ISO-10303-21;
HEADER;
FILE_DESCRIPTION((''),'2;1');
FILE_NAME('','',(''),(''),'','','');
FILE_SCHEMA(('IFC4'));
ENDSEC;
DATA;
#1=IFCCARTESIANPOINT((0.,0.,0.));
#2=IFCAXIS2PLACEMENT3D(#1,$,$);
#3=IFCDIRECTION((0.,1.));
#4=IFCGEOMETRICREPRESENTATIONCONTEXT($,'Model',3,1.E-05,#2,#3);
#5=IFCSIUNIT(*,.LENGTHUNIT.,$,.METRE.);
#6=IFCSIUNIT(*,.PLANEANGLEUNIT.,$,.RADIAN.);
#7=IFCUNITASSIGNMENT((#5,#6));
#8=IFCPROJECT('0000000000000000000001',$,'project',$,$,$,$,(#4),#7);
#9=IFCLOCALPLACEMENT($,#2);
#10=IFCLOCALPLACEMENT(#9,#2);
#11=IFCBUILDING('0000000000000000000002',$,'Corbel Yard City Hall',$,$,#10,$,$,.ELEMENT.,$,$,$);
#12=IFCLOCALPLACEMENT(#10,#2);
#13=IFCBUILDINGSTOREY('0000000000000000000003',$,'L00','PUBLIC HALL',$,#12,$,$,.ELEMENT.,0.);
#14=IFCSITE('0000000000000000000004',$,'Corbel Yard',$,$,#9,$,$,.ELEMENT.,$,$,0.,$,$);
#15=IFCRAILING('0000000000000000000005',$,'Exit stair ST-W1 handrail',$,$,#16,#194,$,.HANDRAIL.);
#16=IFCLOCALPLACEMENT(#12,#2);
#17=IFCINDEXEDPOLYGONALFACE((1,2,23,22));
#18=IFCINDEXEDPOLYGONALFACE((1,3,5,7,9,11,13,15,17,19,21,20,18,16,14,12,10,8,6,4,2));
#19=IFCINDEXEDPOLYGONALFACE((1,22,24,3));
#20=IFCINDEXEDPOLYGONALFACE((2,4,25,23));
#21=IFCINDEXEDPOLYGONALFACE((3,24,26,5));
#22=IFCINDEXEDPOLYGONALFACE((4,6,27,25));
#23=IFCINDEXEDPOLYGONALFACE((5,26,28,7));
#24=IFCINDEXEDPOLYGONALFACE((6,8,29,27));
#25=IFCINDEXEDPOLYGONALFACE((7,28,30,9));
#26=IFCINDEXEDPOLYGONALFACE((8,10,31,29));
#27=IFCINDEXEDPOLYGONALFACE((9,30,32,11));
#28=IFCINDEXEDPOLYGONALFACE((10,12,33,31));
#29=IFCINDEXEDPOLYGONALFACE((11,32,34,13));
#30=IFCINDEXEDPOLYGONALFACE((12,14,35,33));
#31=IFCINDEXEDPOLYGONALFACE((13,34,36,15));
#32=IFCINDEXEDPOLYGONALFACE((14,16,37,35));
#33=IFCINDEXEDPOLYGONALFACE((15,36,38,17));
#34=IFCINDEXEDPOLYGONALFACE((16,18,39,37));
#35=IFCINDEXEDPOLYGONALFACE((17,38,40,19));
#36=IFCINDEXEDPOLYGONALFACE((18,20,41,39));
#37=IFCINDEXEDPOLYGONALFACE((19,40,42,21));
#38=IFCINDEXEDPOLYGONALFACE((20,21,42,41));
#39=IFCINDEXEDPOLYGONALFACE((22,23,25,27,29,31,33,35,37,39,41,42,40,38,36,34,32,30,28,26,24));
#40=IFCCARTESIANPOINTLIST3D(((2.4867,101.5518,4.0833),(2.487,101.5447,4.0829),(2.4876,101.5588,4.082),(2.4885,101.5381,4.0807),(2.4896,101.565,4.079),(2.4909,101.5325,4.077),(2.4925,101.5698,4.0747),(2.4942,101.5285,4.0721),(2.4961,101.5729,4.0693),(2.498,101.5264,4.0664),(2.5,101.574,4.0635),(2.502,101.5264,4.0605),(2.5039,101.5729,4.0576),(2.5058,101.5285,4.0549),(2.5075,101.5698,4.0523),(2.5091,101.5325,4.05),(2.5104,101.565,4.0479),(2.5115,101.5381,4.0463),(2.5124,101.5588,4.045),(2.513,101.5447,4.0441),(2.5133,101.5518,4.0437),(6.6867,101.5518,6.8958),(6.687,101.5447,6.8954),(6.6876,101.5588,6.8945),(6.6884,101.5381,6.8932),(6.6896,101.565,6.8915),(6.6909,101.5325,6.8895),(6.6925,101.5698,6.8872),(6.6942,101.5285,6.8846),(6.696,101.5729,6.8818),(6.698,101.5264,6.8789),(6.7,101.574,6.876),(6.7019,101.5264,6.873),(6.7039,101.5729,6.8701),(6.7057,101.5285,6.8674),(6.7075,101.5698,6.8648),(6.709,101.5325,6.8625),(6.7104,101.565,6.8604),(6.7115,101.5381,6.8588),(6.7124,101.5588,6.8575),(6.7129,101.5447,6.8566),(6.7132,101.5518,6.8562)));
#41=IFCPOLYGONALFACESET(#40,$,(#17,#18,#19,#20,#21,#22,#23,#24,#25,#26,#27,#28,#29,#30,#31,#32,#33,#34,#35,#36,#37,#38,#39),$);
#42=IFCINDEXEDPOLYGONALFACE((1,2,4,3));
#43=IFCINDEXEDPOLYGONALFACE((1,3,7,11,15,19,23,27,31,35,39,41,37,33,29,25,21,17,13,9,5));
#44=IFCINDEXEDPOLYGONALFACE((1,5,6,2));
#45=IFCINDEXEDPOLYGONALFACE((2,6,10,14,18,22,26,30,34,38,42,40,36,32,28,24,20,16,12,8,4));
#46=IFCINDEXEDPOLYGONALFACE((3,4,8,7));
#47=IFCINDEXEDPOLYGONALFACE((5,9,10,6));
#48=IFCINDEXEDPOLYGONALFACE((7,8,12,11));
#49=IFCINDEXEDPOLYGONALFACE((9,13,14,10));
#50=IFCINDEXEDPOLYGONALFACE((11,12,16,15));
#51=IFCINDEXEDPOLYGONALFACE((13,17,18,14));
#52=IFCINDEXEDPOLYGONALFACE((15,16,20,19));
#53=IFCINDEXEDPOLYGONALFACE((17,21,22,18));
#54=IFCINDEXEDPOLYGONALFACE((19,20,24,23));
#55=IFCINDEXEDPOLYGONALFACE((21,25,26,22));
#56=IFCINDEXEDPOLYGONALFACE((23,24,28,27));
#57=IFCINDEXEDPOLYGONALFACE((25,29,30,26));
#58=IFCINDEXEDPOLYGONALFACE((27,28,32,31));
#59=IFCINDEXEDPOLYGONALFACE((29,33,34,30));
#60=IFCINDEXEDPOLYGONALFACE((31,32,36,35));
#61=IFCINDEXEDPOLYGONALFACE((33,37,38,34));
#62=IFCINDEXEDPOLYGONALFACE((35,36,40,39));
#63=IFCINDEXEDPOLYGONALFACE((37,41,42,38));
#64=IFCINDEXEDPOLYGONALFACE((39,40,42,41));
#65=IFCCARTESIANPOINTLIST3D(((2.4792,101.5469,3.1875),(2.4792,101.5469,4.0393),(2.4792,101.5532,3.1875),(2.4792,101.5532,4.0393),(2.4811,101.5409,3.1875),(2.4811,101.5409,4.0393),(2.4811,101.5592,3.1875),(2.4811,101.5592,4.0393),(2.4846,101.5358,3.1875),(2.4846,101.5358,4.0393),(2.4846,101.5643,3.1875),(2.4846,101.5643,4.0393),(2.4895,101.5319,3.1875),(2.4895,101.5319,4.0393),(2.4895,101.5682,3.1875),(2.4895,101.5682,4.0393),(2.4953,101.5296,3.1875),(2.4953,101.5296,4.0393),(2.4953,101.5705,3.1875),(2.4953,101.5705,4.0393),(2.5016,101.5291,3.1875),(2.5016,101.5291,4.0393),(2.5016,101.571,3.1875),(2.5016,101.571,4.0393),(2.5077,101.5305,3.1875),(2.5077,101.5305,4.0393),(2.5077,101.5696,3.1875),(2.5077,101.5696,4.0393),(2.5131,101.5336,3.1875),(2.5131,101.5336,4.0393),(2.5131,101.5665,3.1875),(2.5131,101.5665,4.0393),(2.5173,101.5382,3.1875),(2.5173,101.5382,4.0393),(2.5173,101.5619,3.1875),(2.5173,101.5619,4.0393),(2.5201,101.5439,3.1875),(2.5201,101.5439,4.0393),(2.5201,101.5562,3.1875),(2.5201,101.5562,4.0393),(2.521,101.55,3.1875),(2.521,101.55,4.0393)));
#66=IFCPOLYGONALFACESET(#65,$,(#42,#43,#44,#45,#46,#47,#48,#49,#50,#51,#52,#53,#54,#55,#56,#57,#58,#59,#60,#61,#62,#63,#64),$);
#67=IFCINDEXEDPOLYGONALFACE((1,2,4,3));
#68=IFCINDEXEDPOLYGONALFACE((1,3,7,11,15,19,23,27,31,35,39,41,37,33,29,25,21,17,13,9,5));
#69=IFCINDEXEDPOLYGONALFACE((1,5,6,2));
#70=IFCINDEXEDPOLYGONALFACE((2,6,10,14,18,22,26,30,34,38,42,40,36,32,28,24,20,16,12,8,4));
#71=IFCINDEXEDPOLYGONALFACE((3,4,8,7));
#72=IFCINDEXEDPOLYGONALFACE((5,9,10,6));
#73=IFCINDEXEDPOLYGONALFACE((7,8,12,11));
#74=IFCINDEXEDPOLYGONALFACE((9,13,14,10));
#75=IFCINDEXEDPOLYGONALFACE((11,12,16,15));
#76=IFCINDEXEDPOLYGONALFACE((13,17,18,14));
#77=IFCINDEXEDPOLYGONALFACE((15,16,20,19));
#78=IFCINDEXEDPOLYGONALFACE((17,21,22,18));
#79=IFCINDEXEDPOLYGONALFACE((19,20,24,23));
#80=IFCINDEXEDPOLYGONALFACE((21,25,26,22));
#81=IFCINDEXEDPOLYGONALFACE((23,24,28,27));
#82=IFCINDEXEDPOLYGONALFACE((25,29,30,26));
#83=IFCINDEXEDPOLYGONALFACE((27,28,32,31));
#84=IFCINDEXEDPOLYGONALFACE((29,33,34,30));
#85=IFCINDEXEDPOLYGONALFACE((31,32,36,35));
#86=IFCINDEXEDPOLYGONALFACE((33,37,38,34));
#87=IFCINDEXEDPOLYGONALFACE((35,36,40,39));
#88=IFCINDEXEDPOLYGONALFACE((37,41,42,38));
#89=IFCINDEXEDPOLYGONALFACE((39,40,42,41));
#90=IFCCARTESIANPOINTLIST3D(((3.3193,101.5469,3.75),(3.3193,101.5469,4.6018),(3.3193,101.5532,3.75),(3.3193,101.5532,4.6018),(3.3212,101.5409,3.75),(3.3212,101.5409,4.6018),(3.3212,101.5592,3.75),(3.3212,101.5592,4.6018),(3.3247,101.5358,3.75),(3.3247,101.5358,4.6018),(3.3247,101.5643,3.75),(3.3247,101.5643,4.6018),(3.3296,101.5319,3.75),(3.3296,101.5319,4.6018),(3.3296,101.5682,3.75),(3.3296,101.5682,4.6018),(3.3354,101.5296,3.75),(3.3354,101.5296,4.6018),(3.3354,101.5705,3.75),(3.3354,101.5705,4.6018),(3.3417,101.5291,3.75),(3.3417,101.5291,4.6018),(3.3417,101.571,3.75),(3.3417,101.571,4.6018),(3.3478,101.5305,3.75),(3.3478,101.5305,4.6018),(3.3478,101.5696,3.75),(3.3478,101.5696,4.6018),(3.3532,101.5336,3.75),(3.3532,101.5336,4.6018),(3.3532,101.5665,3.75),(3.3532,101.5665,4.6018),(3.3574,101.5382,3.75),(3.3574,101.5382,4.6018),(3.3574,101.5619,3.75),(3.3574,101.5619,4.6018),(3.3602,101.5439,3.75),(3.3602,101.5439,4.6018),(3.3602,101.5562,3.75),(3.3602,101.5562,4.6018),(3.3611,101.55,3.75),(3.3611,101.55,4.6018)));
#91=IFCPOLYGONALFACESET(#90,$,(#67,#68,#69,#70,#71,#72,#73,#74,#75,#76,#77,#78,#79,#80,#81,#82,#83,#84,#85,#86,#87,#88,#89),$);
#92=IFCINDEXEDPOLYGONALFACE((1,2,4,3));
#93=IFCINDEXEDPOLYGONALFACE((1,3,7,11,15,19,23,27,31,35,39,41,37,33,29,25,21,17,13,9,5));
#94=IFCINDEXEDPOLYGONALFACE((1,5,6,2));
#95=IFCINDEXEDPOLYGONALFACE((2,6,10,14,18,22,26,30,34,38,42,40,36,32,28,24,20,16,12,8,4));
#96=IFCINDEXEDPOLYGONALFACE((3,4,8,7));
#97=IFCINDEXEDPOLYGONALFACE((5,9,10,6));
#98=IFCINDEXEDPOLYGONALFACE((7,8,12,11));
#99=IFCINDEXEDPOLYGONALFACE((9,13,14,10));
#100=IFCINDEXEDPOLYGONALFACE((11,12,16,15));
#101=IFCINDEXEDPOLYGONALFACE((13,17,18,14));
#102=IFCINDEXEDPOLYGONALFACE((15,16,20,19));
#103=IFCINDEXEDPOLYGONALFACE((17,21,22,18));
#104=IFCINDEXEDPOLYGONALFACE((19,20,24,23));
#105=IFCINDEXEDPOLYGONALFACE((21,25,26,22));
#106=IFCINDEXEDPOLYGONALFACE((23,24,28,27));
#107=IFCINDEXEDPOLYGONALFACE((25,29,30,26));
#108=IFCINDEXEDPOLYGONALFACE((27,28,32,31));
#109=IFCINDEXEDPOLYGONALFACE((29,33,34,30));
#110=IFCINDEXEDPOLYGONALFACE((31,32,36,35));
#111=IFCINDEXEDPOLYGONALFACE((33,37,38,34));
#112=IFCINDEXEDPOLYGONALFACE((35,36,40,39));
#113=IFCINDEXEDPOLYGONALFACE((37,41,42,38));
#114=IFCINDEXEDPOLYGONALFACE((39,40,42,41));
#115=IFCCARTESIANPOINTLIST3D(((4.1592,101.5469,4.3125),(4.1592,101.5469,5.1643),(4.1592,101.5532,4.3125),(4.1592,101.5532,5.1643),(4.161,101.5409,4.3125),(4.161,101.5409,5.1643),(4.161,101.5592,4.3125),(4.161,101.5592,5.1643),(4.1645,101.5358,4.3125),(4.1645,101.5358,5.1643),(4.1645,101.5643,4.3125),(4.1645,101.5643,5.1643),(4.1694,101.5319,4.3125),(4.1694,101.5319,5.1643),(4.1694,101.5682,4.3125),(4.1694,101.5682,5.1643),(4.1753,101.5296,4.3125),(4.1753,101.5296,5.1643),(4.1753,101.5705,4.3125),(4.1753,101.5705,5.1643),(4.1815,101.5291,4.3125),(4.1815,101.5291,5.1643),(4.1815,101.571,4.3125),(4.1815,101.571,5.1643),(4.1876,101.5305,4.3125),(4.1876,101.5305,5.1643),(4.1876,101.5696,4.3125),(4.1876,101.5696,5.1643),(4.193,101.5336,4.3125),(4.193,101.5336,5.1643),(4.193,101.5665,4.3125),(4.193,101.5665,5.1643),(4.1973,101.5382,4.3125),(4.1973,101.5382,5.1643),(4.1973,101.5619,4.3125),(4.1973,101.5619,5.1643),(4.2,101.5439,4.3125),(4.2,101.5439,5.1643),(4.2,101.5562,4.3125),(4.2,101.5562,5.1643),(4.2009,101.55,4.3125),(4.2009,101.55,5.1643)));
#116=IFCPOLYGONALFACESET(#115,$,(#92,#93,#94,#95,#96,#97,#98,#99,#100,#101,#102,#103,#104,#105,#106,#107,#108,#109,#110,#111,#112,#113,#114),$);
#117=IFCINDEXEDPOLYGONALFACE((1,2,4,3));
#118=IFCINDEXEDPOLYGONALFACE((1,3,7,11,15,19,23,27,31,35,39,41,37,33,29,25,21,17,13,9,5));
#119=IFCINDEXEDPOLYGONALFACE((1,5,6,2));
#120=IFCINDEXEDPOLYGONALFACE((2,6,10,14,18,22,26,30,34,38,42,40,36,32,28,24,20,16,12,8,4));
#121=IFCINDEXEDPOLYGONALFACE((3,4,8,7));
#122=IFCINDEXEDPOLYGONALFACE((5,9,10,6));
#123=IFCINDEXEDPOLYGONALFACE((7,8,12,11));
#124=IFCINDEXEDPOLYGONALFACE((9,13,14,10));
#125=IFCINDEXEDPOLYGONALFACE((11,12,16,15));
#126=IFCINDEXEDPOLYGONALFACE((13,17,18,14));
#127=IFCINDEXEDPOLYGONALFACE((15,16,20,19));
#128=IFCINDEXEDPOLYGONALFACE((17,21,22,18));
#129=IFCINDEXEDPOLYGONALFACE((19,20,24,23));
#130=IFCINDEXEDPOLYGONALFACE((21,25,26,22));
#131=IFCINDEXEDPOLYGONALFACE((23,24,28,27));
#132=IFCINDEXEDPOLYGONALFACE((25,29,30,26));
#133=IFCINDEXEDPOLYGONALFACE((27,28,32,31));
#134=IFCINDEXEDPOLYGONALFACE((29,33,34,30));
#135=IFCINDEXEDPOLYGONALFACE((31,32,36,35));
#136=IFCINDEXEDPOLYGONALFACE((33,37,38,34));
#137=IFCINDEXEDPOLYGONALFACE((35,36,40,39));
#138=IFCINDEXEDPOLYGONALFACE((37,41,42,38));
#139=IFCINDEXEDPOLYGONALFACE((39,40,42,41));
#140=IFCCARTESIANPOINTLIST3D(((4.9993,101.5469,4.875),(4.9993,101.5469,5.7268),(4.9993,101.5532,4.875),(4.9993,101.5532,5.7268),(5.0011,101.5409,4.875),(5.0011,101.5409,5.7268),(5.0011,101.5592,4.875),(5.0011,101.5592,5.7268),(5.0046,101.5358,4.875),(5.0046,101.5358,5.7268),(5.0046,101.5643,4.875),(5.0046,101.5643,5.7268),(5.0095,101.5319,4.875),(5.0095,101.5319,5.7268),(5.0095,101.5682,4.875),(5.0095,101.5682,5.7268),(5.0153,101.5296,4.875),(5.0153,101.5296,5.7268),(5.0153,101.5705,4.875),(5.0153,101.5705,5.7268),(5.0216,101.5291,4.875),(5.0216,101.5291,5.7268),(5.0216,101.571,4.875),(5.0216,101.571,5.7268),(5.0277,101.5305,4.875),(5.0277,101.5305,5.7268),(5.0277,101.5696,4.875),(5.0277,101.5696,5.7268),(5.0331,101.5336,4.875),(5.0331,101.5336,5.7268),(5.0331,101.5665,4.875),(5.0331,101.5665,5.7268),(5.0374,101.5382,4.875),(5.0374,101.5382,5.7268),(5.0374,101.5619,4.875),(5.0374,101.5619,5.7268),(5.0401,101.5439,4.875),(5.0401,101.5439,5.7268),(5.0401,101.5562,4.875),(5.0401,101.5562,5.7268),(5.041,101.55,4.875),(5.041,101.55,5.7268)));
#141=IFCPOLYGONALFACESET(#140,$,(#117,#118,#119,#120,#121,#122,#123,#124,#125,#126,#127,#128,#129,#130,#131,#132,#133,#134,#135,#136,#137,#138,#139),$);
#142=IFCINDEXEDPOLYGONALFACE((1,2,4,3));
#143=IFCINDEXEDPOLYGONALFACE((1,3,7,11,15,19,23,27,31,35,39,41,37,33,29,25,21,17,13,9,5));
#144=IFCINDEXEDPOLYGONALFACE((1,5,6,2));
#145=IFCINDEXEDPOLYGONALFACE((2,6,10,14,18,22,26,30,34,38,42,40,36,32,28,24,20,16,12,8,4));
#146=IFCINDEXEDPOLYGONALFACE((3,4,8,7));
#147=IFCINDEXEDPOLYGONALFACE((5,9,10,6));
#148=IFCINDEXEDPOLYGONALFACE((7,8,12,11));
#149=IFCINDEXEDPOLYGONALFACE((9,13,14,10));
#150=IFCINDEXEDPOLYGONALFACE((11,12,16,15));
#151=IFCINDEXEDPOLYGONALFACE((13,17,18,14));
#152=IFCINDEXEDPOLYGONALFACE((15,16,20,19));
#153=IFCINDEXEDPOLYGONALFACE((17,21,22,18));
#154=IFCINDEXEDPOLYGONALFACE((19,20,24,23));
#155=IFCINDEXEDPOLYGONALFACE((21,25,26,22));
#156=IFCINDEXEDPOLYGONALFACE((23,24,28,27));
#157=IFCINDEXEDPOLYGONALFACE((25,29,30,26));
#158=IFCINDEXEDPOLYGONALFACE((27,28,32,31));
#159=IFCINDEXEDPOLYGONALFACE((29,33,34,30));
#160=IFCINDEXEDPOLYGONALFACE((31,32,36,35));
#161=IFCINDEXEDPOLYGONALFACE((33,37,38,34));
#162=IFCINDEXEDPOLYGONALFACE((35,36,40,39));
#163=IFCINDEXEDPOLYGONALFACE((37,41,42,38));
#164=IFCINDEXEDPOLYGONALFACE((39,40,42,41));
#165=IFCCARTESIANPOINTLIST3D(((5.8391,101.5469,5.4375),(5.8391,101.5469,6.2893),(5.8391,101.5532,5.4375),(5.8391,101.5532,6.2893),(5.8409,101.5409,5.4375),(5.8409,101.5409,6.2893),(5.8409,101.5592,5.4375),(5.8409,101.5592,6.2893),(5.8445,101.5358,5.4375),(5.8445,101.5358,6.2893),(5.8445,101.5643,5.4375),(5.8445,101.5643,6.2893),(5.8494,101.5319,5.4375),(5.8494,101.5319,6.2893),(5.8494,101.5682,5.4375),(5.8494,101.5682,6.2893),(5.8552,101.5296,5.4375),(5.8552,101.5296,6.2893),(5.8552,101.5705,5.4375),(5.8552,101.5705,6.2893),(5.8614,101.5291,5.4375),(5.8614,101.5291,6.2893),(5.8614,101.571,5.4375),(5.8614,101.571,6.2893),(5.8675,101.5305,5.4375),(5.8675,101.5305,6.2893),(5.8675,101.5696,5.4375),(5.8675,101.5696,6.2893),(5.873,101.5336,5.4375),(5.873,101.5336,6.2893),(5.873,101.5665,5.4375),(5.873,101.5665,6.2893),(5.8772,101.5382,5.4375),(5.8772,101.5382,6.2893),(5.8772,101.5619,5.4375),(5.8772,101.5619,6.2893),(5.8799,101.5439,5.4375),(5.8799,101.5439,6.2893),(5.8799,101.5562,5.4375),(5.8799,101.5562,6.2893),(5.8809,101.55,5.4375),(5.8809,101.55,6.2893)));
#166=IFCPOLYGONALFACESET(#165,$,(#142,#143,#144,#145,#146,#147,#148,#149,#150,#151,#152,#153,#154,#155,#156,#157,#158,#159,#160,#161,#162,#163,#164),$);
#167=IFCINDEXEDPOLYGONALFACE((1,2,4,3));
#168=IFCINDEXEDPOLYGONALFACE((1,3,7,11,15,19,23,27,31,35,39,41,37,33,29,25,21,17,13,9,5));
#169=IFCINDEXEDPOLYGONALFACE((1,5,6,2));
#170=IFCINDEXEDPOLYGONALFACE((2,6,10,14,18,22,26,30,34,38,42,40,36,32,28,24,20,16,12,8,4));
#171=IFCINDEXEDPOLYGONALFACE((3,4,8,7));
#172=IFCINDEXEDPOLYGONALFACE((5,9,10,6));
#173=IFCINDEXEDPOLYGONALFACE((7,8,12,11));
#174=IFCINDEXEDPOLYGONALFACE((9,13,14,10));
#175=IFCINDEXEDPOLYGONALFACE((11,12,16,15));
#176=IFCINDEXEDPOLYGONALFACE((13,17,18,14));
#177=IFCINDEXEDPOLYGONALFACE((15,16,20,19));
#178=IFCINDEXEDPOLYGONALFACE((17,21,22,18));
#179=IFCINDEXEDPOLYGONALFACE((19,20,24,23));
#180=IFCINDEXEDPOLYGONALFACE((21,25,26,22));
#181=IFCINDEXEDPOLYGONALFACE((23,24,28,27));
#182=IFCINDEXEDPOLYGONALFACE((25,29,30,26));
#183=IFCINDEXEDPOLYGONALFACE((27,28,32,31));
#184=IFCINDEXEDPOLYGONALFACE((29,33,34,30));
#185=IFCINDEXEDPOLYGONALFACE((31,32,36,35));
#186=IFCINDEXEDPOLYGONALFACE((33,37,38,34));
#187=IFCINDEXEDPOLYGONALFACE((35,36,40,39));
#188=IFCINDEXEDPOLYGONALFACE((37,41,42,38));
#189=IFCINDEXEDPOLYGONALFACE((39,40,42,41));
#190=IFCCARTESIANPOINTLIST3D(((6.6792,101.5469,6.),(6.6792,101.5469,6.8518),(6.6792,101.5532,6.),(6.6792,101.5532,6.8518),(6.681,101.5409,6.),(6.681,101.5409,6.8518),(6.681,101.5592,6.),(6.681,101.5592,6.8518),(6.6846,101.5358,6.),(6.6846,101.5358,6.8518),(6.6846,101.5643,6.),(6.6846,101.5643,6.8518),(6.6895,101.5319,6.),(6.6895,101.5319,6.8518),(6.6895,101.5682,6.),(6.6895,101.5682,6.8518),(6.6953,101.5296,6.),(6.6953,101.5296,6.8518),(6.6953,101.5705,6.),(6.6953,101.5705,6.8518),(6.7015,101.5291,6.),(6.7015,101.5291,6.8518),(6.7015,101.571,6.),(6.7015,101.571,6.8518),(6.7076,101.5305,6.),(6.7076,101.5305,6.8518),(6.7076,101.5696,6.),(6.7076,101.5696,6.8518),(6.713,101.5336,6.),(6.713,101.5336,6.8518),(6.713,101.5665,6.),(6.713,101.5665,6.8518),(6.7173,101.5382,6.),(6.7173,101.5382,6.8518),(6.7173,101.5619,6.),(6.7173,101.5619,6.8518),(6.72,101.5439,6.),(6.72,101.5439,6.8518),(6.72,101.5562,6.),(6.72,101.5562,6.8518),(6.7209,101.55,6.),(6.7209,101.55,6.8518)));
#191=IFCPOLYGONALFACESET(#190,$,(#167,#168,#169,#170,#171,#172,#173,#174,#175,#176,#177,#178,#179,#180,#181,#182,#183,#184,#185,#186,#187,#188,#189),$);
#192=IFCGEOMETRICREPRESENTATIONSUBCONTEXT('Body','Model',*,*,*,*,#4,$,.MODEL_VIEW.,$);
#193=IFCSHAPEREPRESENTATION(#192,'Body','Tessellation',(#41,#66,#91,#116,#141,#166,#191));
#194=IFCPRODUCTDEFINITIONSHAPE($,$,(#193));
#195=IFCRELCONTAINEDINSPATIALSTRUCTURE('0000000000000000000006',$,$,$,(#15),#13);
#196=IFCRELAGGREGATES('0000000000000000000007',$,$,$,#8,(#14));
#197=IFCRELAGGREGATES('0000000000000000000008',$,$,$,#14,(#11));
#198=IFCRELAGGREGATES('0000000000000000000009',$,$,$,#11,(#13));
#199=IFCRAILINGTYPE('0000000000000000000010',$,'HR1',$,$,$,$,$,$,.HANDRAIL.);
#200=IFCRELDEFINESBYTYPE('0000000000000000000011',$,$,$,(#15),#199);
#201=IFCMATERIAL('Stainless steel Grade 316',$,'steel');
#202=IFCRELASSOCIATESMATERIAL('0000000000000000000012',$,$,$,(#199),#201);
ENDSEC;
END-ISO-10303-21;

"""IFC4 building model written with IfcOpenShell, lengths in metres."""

from ifc_helpers import new_model, si_unit, direction, frame, origin, origin_2d, place, context, subcontext, project, spatial, circle, extrude, material, type_object, element, save


model = new_model("IFC4")

# Units and contexts
model_context = context("Model", 3, precision=1e-05, world=origin(), true_north=direction((0.0, 1.0)))
body_context = subcontext(model_context, "Body", "Model", "MODEL_VIEW")
ifc_project = project(units=[si_unit("LENGTHUNIT", "METRE"), si_unit("PLANEANGLEUNIT", "RADIAN")], contexts=[model_context])

# Site, building, storey
site_placement = place(None, origin())
site = spatial("IfcSite", under=ifc_project, at=site_placement, Name="Corbel Yard", CompositionType="ELEMENT", RefElevation=0.0)
building_placement = place(site_placement, origin())
building = spatial("IfcBuilding", under=site, at=building_placement, Name="Corbel Yard City Hall", CompositionType="ELEMENT")
storey_placement = place(building_placement, origin())
storey = spatial("IfcBuildingStorey", under=building, at=storey_placement, Name="L00", Description="PUBLIC HALL", CompositionType="ELEMENT", Elevation=0.0)

# Railing
ifc_material_1 = material(Name="Stainless steel Grade 316", Category="steel")
railing_type = type_object("IfcRailingType", Name="HR1", PredefinedType="HANDRAIL", material=ifc_material_1)
for number, where, name in (
    (1, (2.5, 101.55, 3.1875), "Exit stair ST-W1 handrail"),
):
    element("IfcRailing", number, at=place(storey_placement, frame(where)), inside=storey, type_object=railing_type, Name=name, PredefinedType="HANDRAIL", context=body_context, shape_type="SweptSolid", body=[
        extrude(circle(Radius=0.0239, at=origin_2d()), frame((0.0, 0.0, 0.876), z_axis=(0.830904, 0.0, 0.556416), x_axis=(0.0, 1.0, 0.0)), (0.0, 0.0, 1.0), 5.0547),
        extrude(circle(Radius=0.021, at=origin_2d()), origin(), (0.0, 0.0, 1.0), 0.8518),
        extrude(circle(Radius=0.021, at=origin_2d()), frame((0.8401, 0.0, 0.5625)), (0.0, 0.0, 1.0), 0.8518),
        extrude(circle(Radius=0.021, at=origin_2d()), frame((1.6799, 0.0, 1.125)), (0.0, 0.0, 1.0), 0.8518),
        extrude(circle(Radius=0.021, at=origin_2d()), frame((2.52, 0.0, 1.6875)), (0.0, 0.0, 1.0), 0.8518),
        extrude(circle(Radius=0.021, at=origin_2d()), frame((3.3599, 0.0, 2.25)), (0.0, 0.0, 1.0), 0.8518),
        extrude(circle(Radius=0.021, at=origin_2d()), frame((4.2, 0.0, 2.8125)), (0.0, 0.0, 1.0), 0.8518),
    ])

save(model, "model.ifc")
